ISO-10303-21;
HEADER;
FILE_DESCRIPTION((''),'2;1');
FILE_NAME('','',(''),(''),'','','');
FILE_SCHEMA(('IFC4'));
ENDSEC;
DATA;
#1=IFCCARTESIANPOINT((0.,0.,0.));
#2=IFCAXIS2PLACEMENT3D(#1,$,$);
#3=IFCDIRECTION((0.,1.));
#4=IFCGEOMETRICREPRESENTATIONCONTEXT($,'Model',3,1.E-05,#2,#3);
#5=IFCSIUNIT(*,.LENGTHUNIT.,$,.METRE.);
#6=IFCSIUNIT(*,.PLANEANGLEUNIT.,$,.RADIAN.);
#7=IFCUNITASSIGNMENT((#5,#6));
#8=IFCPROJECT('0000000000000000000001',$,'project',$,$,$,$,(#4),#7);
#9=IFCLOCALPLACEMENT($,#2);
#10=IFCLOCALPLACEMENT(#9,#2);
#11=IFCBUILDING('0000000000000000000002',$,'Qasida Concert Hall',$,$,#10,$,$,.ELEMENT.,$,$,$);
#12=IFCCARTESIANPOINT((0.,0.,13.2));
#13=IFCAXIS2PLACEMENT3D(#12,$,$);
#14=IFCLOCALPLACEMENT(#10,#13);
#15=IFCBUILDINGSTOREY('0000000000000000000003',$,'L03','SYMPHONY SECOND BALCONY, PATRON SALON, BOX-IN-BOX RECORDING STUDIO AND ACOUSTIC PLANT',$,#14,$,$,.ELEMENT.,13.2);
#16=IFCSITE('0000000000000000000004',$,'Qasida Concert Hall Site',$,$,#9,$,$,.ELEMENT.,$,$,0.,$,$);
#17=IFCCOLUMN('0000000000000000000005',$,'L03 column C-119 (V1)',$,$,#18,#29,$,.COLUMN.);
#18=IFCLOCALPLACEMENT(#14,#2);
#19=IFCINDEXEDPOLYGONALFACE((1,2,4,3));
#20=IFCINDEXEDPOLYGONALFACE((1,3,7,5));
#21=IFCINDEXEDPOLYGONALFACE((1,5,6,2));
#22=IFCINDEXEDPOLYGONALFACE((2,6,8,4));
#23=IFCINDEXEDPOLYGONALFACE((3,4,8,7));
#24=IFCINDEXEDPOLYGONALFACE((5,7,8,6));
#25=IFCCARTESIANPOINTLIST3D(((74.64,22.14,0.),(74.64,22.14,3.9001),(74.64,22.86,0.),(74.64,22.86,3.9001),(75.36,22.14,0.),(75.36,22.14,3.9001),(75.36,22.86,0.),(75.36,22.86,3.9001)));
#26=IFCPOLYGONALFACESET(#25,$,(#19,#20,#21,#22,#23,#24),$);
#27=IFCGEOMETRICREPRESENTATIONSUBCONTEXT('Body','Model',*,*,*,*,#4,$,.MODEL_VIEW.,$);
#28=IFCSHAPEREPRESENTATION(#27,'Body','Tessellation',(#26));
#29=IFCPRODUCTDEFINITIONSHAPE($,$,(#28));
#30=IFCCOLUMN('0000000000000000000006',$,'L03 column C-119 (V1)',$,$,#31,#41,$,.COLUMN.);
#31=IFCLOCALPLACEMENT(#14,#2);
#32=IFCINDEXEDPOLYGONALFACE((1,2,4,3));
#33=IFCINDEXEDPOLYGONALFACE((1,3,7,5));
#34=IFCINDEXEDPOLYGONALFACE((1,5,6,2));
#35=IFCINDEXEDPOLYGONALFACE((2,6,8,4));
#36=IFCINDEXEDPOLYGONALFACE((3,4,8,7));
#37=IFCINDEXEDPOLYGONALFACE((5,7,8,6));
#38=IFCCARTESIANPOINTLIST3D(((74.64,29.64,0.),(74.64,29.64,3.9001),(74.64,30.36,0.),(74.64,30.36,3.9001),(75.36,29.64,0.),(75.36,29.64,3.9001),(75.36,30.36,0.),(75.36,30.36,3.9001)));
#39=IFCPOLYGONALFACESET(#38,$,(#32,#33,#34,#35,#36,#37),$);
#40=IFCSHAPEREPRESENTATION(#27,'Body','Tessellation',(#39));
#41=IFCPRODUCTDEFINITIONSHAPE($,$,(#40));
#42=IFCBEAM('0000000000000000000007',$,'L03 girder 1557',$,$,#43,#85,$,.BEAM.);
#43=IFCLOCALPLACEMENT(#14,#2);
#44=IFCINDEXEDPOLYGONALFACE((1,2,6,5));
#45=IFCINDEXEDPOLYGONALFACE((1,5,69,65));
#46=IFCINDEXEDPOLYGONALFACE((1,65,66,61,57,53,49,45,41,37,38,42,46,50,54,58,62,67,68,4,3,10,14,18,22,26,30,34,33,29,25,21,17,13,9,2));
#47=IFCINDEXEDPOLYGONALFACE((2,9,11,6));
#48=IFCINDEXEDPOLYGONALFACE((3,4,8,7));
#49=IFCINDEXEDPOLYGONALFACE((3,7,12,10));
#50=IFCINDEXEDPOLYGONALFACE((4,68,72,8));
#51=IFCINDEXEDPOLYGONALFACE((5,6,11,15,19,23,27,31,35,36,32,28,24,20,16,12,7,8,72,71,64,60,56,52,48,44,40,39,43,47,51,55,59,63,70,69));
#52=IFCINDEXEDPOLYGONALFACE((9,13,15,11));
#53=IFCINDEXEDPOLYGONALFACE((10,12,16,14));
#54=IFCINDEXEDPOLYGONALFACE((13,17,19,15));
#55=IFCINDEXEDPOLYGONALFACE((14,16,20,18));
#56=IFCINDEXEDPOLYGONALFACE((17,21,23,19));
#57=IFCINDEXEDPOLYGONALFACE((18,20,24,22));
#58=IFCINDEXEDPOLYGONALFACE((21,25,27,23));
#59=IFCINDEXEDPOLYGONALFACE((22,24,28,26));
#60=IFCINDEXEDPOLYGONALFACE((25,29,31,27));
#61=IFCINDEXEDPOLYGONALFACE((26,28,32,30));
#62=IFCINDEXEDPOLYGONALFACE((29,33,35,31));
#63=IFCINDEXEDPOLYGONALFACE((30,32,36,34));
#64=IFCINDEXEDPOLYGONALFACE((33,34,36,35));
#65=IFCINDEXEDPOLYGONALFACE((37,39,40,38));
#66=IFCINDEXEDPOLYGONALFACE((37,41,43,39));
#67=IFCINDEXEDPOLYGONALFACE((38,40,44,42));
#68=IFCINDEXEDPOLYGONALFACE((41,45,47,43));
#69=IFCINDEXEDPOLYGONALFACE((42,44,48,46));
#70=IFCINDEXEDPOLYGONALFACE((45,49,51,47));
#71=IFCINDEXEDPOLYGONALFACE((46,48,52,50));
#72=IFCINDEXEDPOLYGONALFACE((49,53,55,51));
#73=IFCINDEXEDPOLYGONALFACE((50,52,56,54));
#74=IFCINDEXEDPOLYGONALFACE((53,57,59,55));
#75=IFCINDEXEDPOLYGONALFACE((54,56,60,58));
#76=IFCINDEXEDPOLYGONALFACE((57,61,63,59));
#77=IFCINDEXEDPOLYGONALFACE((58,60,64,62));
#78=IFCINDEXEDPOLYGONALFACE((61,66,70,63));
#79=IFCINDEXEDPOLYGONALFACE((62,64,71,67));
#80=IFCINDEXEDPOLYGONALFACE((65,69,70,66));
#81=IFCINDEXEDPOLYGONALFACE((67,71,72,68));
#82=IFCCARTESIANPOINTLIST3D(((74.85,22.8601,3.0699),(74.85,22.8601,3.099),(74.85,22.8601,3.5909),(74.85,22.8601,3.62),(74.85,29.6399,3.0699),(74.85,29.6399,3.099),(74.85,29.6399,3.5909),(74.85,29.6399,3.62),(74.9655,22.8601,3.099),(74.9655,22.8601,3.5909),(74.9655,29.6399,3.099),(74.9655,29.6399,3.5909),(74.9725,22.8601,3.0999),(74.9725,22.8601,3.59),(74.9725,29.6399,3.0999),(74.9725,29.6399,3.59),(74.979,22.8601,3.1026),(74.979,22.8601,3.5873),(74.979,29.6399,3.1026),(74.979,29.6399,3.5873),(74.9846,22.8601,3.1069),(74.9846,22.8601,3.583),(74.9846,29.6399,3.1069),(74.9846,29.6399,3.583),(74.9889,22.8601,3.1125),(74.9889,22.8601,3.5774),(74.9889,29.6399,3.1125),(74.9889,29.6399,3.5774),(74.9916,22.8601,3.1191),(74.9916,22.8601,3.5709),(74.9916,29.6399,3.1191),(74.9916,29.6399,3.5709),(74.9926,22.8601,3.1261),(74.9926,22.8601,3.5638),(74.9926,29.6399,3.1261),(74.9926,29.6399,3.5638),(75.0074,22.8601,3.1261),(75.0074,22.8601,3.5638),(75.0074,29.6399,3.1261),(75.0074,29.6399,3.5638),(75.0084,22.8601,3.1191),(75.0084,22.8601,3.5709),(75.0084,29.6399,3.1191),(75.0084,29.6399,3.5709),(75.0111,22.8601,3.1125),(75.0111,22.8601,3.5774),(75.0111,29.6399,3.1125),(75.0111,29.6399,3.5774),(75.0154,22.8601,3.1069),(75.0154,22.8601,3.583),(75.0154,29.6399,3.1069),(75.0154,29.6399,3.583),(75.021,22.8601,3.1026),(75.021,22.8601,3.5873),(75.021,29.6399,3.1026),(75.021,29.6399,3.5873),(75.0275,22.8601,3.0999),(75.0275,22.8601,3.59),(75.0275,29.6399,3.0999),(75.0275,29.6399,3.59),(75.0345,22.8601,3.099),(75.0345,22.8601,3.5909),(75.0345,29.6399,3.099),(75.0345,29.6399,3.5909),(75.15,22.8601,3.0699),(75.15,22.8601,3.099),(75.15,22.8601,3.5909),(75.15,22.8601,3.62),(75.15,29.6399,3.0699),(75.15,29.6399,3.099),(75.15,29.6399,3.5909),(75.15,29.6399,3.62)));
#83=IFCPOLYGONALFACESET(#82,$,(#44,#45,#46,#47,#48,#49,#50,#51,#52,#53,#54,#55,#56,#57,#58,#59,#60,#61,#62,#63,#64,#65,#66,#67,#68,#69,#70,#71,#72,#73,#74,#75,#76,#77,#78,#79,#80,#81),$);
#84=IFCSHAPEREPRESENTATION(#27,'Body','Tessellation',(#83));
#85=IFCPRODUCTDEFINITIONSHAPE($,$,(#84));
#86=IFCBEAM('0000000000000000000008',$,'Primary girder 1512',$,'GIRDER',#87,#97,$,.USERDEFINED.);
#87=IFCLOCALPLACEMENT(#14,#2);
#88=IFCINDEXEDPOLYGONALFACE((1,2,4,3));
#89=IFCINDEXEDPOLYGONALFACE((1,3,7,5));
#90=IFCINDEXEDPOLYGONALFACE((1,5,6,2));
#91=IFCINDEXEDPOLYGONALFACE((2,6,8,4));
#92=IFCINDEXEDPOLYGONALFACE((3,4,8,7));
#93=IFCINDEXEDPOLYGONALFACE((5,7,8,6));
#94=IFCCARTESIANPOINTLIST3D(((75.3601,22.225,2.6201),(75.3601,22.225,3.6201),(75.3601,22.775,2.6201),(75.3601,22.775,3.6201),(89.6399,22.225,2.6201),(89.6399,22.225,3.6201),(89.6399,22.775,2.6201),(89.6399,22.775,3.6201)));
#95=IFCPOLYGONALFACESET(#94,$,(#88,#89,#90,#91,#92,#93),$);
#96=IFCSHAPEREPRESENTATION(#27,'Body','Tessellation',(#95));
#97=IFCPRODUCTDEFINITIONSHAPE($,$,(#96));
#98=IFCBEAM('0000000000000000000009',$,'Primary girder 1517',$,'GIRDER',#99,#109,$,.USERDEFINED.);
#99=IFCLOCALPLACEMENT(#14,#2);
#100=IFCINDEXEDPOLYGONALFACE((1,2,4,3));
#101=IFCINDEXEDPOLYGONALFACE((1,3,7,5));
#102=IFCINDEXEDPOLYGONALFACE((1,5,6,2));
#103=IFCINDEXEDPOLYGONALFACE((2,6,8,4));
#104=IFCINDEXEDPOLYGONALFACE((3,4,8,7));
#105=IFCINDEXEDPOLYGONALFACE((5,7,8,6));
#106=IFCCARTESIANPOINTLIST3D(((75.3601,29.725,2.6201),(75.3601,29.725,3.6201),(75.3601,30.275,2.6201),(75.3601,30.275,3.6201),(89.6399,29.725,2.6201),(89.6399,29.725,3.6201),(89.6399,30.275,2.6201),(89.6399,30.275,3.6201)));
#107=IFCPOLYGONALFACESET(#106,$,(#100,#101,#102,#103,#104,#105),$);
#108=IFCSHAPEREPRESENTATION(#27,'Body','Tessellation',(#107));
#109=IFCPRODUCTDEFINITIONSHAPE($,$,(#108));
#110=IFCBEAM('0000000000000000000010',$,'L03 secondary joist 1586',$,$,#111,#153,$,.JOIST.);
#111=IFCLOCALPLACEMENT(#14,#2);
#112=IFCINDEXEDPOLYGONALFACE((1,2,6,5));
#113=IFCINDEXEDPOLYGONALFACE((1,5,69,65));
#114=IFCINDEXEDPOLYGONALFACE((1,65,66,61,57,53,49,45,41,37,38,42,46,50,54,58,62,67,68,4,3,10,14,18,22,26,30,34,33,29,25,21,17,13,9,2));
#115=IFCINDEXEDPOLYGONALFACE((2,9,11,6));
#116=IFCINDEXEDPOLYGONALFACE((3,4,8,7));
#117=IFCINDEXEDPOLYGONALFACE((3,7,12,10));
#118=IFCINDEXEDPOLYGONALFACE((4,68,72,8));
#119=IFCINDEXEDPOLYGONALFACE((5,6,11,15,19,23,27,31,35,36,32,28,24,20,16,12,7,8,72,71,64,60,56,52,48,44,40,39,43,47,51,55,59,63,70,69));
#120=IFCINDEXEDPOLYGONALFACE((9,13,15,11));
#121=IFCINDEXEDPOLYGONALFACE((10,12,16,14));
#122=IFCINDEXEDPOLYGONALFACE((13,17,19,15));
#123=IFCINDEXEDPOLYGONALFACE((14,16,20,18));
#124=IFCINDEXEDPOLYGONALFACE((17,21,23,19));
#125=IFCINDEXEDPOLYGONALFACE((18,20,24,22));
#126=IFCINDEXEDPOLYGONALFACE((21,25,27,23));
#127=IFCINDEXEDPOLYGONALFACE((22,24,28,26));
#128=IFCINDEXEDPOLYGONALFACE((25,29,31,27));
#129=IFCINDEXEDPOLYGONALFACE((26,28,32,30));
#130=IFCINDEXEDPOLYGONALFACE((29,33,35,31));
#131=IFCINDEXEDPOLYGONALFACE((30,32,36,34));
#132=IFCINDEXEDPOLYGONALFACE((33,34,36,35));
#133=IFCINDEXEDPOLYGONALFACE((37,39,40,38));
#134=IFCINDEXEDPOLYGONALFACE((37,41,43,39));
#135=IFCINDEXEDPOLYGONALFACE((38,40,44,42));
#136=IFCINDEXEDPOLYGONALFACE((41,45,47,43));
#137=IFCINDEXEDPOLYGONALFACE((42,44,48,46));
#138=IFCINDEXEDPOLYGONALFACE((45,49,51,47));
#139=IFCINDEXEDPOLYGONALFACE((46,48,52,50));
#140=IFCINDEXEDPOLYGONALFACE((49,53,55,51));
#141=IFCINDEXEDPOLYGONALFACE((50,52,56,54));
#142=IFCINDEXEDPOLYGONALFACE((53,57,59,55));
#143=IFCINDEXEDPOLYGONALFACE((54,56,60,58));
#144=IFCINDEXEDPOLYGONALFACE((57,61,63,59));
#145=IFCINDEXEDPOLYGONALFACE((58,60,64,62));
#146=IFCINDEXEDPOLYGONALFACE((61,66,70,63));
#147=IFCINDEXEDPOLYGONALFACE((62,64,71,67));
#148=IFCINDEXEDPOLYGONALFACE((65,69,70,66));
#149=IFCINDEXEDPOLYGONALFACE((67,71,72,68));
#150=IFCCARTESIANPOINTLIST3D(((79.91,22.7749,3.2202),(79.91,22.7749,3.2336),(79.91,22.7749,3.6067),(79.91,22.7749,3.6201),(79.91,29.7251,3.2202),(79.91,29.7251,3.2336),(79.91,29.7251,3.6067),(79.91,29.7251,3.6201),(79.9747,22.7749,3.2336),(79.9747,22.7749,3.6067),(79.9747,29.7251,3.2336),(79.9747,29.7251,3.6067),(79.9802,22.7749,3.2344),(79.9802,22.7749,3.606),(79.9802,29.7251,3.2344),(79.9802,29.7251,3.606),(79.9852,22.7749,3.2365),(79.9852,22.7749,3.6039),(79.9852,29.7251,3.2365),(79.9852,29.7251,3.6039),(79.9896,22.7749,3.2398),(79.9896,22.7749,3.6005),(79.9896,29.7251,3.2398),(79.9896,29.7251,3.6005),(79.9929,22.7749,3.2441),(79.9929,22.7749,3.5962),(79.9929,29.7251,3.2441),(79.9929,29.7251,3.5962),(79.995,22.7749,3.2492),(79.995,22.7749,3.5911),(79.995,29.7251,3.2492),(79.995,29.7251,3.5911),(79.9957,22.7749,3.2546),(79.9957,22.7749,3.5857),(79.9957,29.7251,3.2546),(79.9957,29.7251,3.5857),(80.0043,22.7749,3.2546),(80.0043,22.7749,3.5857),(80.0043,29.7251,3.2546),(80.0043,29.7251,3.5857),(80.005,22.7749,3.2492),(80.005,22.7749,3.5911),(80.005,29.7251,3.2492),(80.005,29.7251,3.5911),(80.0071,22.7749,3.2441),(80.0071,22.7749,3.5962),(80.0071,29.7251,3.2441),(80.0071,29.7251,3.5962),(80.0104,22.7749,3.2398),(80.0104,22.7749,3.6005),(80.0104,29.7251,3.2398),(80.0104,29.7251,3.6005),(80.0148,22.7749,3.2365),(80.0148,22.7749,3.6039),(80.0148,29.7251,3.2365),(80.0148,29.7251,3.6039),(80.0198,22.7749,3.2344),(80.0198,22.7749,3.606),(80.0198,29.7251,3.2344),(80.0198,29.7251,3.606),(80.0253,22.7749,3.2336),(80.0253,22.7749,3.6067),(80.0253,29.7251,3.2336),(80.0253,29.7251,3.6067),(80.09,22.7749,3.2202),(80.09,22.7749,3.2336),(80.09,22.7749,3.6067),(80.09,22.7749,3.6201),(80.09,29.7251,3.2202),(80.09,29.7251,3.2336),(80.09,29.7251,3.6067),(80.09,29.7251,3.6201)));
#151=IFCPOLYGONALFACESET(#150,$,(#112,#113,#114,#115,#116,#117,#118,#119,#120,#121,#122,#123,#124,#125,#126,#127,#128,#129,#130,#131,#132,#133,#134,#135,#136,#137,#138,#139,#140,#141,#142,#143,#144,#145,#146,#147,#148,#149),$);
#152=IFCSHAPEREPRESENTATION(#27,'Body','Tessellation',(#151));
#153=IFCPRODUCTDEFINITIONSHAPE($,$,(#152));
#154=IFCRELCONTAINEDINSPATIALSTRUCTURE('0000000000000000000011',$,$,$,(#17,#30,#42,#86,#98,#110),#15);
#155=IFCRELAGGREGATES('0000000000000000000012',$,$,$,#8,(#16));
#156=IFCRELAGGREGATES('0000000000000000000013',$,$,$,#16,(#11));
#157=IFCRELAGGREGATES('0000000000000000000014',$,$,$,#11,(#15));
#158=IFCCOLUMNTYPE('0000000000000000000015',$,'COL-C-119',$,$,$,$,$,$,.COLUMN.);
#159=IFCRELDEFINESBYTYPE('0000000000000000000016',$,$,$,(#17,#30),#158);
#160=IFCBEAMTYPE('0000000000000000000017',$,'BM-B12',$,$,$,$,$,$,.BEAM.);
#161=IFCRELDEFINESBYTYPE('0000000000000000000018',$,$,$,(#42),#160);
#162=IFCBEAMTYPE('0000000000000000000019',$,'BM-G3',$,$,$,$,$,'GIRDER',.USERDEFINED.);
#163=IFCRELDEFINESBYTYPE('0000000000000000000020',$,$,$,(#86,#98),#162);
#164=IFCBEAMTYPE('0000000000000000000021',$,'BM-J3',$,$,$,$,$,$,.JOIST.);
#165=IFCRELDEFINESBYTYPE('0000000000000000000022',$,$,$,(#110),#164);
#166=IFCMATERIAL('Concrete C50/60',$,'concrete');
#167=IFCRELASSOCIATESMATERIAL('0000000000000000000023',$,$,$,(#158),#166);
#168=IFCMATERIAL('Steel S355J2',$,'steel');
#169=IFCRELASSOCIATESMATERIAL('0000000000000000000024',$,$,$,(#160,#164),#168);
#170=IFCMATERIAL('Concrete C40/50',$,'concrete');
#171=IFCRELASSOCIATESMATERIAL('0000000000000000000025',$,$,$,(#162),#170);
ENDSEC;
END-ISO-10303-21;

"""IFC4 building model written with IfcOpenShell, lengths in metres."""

from ifc_helpers import new_model, si_unit, direction, frame, origin, origin_2d, place, context, subcontext, project, spatial, rectangle, i_section, extrude, material, material_profile, profile_set, type_object, element, save


model = new_model("IFC4")

# Units and contexts
model_context = context("Model", 3, precision=1e-05, world=origin(), true_north=direction((0.0, 1.0)))
body_context = subcontext(model_context, "Body", "Model", "MODEL_VIEW")
ifc_project = project(units=[si_unit("LENGTHUNIT", "METRE"), si_unit("PLANEANGLEUNIT", "RADIAN")], contexts=[model_context])

# Site, building, storey
site_placement = place(None, origin())
site = spatial("IfcSite", under=ifc_project, at=site_placement, Name="Qasida Concert Hall Site", CompositionType="ELEMENT", RefElevation=0.0)
building_placement = place(site_placement, origin())
building = spatial("IfcBuilding", under=site, at=building_placement, Name="Qasida Concert Hall", CompositionType="ELEMENT")
storey_placement = place(building_placement, frame((0.0, 0.0, 13.2)))
storey = spatial("IfcBuildingStorey", under=building, at=storey_placement, Name="L03", Description="SYMPHONY SECOND BALCONY, PATRON SALON, BOX-IN-BOX RECORDING STUDIO AND ACOUSTIC PLANT", CompositionType="ELEMENT", Elevation=13.2)

# Columns
ifc_material_1 = material(Name="Concrete C50/60", Category="concrete")
ifc_material_profile_1 = material_profile(ifc_material_1, rectangle(XDim=0.72, YDim=0.72, at=origin_2d()), Name="RC 720x720")
ifc_profile_set_1 = profile_set([ifc_material_profile_1], Name="Concrete C50/60")
column_type = type_object("IfcColumnType", Name="COL-C-119", PredefinedType="COLUMN", material=ifc_profile_set_1)
for number, where, z_axis, x_axis, name in (
    (1, (75.0, 22.5, 0.0), (0.0, 0.0, 1.0), (1.0, 0.0, 0.0), "L03 column C-119 (V1)"),
    (2, (75.0, 30.0, 0.0), (0.0, 0.0, 1.0), (1.0, 0.0, 0.0), "L03 column C-119 (V1)"),
):
    element("IfcColumn", number, at=place(storey_placement, frame(where, z_axis=z_axis, x_axis=x_axis)), inside=storey, type_object=column_type, Name=name, PredefinedType="COLUMN", context=body_context, shape_type="SweptSolid", body=[
        extrude(rectangle(XDim=0.72, YDim=0.72, at=origin_2d()), origin(), (0.0, 0.0, 1.0), 3.9001),
    ])

# Beams
ifc_material_2 = material(Name="Steel S355J2", Category="steel")
ifc_material_profile_2 = material_profile(ifc_material_2, i_section(OverallWidth=0.3, OverallDepth=0.55, WebThickness=0.0149, FlangeThickness=0.0291, FilletRadius=0.0271, at=origin_2d()), Name="HEB 550")
ifc_profile_set_2 = profile_set([ifc_material_profile_2], Name="Steel S355J2")
beam_type_1 = type_object("IfcBeamType", Name="BM-B12", PredefinedType="BEAM", material=ifc_profile_set_2)
beam_1_placement = place(storey_placement, frame((75.0, 22.8601, 3.345), z_axis=(0.0, 1.0, 0.0), x_axis=(-1.0, 0.0, 0.0)))
element("IfcBeam", 3, at=beam_1_placement, inside=storey, type_object=beam_type_1, Name="L03 girder 1557", PredefinedType="BEAM", context=body_context, shape_type="SweptSolid", body=[
    extrude(i_section(OverallWidth=0.3, OverallDepth=0.55, WebThickness=0.0149, FlangeThickness=0.0291, FilletRadius=0.0271, at=origin_2d()), origin(), (0.0, 0.0, 1.0), 6.7798),
])
ifc_material_3 = material(Name="Concrete C40/50", Category="concrete")
ifc_material_profile_3 = material_profile(ifc_material_3, rectangle(XDim=0.55, YDim=1.0, at=origin_2d()), Name="RC 550x1000")
ifc_profile_set_3 = profile_set([ifc_material_profile_3], Name="Concrete C40/50")
beam_type_2 = type_object("IfcBeamType", Name="BM-G3", ElementType="GIRDER", PredefinedType="USERDEFINED", material=ifc_profile_set_3)
for number, where, z_axis, x_axis, name in (
    (4, (75.3601, 22.5, 3.1201), (1.0, 0.0, 0.0), (0.0, 1.0, 0.0), "Primary girder 1512"),
    (5, (75.3601, 30.0, 3.1201), (1.0, 0.0, 0.0), (0.0, 1.0, 0.0), "Primary girder 1517"),
):
    element("IfcBeam", number, at=place(storey_placement, frame(where, z_axis=z_axis, x_axis=x_axis)), inside=storey, type_object=beam_type_2, Name=name, ObjectType="GIRDER", PredefinedType="USERDEFINED", context=body_context, shape_type="SweptSolid", body=[
        extrude(rectangle(XDim=0.55, YDim=1.0, at=origin_2d()), origin(), (0.0, 0.0, 1.0), 14.2798),
    ])
ifc_material_profile_4 = material_profile(ifc_material_2, i_section(OverallWidth=0.1799, OverallDepth=0.3999, WebThickness=0.0085, FlangeThickness=0.0134, FilletRadius=0.021, at=origin_2d()), Name="IPE 400")
ifc_profile_set_4 = profile_set([ifc_material_profile_4], Name="Steel S355J2")
beam_type_3 = type_object("IfcBeamType", Name="BM-J3", PredefinedType="JOIST", material=ifc_profile_set_4)
beam_2_placement = place(storey_placement, frame((80.0, 22.7749, 3.4202), z_axis=(0.0, 1.0, 0.0), x_axis=(-1.0, 0.0, 0.0)))
element("IfcBeam", 6, at=beam_2_placement, inside=storey, type_object=beam_type_3, Name="L03 secondary joist 1586", PredefinedType="JOIST", context=body_context, shape_type="SweptSolid", body=[
    extrude(i_section(OverallWidth=0.1799, OverallDepth=0.3999, WebThickness=0.0085, FlangeThickness=0.0134, FilletRadius=0.021, at=origin_2d()), origin(), (0.0, 0.0, 1.0), 6.9502),
])

save(model, "model.ifc")
